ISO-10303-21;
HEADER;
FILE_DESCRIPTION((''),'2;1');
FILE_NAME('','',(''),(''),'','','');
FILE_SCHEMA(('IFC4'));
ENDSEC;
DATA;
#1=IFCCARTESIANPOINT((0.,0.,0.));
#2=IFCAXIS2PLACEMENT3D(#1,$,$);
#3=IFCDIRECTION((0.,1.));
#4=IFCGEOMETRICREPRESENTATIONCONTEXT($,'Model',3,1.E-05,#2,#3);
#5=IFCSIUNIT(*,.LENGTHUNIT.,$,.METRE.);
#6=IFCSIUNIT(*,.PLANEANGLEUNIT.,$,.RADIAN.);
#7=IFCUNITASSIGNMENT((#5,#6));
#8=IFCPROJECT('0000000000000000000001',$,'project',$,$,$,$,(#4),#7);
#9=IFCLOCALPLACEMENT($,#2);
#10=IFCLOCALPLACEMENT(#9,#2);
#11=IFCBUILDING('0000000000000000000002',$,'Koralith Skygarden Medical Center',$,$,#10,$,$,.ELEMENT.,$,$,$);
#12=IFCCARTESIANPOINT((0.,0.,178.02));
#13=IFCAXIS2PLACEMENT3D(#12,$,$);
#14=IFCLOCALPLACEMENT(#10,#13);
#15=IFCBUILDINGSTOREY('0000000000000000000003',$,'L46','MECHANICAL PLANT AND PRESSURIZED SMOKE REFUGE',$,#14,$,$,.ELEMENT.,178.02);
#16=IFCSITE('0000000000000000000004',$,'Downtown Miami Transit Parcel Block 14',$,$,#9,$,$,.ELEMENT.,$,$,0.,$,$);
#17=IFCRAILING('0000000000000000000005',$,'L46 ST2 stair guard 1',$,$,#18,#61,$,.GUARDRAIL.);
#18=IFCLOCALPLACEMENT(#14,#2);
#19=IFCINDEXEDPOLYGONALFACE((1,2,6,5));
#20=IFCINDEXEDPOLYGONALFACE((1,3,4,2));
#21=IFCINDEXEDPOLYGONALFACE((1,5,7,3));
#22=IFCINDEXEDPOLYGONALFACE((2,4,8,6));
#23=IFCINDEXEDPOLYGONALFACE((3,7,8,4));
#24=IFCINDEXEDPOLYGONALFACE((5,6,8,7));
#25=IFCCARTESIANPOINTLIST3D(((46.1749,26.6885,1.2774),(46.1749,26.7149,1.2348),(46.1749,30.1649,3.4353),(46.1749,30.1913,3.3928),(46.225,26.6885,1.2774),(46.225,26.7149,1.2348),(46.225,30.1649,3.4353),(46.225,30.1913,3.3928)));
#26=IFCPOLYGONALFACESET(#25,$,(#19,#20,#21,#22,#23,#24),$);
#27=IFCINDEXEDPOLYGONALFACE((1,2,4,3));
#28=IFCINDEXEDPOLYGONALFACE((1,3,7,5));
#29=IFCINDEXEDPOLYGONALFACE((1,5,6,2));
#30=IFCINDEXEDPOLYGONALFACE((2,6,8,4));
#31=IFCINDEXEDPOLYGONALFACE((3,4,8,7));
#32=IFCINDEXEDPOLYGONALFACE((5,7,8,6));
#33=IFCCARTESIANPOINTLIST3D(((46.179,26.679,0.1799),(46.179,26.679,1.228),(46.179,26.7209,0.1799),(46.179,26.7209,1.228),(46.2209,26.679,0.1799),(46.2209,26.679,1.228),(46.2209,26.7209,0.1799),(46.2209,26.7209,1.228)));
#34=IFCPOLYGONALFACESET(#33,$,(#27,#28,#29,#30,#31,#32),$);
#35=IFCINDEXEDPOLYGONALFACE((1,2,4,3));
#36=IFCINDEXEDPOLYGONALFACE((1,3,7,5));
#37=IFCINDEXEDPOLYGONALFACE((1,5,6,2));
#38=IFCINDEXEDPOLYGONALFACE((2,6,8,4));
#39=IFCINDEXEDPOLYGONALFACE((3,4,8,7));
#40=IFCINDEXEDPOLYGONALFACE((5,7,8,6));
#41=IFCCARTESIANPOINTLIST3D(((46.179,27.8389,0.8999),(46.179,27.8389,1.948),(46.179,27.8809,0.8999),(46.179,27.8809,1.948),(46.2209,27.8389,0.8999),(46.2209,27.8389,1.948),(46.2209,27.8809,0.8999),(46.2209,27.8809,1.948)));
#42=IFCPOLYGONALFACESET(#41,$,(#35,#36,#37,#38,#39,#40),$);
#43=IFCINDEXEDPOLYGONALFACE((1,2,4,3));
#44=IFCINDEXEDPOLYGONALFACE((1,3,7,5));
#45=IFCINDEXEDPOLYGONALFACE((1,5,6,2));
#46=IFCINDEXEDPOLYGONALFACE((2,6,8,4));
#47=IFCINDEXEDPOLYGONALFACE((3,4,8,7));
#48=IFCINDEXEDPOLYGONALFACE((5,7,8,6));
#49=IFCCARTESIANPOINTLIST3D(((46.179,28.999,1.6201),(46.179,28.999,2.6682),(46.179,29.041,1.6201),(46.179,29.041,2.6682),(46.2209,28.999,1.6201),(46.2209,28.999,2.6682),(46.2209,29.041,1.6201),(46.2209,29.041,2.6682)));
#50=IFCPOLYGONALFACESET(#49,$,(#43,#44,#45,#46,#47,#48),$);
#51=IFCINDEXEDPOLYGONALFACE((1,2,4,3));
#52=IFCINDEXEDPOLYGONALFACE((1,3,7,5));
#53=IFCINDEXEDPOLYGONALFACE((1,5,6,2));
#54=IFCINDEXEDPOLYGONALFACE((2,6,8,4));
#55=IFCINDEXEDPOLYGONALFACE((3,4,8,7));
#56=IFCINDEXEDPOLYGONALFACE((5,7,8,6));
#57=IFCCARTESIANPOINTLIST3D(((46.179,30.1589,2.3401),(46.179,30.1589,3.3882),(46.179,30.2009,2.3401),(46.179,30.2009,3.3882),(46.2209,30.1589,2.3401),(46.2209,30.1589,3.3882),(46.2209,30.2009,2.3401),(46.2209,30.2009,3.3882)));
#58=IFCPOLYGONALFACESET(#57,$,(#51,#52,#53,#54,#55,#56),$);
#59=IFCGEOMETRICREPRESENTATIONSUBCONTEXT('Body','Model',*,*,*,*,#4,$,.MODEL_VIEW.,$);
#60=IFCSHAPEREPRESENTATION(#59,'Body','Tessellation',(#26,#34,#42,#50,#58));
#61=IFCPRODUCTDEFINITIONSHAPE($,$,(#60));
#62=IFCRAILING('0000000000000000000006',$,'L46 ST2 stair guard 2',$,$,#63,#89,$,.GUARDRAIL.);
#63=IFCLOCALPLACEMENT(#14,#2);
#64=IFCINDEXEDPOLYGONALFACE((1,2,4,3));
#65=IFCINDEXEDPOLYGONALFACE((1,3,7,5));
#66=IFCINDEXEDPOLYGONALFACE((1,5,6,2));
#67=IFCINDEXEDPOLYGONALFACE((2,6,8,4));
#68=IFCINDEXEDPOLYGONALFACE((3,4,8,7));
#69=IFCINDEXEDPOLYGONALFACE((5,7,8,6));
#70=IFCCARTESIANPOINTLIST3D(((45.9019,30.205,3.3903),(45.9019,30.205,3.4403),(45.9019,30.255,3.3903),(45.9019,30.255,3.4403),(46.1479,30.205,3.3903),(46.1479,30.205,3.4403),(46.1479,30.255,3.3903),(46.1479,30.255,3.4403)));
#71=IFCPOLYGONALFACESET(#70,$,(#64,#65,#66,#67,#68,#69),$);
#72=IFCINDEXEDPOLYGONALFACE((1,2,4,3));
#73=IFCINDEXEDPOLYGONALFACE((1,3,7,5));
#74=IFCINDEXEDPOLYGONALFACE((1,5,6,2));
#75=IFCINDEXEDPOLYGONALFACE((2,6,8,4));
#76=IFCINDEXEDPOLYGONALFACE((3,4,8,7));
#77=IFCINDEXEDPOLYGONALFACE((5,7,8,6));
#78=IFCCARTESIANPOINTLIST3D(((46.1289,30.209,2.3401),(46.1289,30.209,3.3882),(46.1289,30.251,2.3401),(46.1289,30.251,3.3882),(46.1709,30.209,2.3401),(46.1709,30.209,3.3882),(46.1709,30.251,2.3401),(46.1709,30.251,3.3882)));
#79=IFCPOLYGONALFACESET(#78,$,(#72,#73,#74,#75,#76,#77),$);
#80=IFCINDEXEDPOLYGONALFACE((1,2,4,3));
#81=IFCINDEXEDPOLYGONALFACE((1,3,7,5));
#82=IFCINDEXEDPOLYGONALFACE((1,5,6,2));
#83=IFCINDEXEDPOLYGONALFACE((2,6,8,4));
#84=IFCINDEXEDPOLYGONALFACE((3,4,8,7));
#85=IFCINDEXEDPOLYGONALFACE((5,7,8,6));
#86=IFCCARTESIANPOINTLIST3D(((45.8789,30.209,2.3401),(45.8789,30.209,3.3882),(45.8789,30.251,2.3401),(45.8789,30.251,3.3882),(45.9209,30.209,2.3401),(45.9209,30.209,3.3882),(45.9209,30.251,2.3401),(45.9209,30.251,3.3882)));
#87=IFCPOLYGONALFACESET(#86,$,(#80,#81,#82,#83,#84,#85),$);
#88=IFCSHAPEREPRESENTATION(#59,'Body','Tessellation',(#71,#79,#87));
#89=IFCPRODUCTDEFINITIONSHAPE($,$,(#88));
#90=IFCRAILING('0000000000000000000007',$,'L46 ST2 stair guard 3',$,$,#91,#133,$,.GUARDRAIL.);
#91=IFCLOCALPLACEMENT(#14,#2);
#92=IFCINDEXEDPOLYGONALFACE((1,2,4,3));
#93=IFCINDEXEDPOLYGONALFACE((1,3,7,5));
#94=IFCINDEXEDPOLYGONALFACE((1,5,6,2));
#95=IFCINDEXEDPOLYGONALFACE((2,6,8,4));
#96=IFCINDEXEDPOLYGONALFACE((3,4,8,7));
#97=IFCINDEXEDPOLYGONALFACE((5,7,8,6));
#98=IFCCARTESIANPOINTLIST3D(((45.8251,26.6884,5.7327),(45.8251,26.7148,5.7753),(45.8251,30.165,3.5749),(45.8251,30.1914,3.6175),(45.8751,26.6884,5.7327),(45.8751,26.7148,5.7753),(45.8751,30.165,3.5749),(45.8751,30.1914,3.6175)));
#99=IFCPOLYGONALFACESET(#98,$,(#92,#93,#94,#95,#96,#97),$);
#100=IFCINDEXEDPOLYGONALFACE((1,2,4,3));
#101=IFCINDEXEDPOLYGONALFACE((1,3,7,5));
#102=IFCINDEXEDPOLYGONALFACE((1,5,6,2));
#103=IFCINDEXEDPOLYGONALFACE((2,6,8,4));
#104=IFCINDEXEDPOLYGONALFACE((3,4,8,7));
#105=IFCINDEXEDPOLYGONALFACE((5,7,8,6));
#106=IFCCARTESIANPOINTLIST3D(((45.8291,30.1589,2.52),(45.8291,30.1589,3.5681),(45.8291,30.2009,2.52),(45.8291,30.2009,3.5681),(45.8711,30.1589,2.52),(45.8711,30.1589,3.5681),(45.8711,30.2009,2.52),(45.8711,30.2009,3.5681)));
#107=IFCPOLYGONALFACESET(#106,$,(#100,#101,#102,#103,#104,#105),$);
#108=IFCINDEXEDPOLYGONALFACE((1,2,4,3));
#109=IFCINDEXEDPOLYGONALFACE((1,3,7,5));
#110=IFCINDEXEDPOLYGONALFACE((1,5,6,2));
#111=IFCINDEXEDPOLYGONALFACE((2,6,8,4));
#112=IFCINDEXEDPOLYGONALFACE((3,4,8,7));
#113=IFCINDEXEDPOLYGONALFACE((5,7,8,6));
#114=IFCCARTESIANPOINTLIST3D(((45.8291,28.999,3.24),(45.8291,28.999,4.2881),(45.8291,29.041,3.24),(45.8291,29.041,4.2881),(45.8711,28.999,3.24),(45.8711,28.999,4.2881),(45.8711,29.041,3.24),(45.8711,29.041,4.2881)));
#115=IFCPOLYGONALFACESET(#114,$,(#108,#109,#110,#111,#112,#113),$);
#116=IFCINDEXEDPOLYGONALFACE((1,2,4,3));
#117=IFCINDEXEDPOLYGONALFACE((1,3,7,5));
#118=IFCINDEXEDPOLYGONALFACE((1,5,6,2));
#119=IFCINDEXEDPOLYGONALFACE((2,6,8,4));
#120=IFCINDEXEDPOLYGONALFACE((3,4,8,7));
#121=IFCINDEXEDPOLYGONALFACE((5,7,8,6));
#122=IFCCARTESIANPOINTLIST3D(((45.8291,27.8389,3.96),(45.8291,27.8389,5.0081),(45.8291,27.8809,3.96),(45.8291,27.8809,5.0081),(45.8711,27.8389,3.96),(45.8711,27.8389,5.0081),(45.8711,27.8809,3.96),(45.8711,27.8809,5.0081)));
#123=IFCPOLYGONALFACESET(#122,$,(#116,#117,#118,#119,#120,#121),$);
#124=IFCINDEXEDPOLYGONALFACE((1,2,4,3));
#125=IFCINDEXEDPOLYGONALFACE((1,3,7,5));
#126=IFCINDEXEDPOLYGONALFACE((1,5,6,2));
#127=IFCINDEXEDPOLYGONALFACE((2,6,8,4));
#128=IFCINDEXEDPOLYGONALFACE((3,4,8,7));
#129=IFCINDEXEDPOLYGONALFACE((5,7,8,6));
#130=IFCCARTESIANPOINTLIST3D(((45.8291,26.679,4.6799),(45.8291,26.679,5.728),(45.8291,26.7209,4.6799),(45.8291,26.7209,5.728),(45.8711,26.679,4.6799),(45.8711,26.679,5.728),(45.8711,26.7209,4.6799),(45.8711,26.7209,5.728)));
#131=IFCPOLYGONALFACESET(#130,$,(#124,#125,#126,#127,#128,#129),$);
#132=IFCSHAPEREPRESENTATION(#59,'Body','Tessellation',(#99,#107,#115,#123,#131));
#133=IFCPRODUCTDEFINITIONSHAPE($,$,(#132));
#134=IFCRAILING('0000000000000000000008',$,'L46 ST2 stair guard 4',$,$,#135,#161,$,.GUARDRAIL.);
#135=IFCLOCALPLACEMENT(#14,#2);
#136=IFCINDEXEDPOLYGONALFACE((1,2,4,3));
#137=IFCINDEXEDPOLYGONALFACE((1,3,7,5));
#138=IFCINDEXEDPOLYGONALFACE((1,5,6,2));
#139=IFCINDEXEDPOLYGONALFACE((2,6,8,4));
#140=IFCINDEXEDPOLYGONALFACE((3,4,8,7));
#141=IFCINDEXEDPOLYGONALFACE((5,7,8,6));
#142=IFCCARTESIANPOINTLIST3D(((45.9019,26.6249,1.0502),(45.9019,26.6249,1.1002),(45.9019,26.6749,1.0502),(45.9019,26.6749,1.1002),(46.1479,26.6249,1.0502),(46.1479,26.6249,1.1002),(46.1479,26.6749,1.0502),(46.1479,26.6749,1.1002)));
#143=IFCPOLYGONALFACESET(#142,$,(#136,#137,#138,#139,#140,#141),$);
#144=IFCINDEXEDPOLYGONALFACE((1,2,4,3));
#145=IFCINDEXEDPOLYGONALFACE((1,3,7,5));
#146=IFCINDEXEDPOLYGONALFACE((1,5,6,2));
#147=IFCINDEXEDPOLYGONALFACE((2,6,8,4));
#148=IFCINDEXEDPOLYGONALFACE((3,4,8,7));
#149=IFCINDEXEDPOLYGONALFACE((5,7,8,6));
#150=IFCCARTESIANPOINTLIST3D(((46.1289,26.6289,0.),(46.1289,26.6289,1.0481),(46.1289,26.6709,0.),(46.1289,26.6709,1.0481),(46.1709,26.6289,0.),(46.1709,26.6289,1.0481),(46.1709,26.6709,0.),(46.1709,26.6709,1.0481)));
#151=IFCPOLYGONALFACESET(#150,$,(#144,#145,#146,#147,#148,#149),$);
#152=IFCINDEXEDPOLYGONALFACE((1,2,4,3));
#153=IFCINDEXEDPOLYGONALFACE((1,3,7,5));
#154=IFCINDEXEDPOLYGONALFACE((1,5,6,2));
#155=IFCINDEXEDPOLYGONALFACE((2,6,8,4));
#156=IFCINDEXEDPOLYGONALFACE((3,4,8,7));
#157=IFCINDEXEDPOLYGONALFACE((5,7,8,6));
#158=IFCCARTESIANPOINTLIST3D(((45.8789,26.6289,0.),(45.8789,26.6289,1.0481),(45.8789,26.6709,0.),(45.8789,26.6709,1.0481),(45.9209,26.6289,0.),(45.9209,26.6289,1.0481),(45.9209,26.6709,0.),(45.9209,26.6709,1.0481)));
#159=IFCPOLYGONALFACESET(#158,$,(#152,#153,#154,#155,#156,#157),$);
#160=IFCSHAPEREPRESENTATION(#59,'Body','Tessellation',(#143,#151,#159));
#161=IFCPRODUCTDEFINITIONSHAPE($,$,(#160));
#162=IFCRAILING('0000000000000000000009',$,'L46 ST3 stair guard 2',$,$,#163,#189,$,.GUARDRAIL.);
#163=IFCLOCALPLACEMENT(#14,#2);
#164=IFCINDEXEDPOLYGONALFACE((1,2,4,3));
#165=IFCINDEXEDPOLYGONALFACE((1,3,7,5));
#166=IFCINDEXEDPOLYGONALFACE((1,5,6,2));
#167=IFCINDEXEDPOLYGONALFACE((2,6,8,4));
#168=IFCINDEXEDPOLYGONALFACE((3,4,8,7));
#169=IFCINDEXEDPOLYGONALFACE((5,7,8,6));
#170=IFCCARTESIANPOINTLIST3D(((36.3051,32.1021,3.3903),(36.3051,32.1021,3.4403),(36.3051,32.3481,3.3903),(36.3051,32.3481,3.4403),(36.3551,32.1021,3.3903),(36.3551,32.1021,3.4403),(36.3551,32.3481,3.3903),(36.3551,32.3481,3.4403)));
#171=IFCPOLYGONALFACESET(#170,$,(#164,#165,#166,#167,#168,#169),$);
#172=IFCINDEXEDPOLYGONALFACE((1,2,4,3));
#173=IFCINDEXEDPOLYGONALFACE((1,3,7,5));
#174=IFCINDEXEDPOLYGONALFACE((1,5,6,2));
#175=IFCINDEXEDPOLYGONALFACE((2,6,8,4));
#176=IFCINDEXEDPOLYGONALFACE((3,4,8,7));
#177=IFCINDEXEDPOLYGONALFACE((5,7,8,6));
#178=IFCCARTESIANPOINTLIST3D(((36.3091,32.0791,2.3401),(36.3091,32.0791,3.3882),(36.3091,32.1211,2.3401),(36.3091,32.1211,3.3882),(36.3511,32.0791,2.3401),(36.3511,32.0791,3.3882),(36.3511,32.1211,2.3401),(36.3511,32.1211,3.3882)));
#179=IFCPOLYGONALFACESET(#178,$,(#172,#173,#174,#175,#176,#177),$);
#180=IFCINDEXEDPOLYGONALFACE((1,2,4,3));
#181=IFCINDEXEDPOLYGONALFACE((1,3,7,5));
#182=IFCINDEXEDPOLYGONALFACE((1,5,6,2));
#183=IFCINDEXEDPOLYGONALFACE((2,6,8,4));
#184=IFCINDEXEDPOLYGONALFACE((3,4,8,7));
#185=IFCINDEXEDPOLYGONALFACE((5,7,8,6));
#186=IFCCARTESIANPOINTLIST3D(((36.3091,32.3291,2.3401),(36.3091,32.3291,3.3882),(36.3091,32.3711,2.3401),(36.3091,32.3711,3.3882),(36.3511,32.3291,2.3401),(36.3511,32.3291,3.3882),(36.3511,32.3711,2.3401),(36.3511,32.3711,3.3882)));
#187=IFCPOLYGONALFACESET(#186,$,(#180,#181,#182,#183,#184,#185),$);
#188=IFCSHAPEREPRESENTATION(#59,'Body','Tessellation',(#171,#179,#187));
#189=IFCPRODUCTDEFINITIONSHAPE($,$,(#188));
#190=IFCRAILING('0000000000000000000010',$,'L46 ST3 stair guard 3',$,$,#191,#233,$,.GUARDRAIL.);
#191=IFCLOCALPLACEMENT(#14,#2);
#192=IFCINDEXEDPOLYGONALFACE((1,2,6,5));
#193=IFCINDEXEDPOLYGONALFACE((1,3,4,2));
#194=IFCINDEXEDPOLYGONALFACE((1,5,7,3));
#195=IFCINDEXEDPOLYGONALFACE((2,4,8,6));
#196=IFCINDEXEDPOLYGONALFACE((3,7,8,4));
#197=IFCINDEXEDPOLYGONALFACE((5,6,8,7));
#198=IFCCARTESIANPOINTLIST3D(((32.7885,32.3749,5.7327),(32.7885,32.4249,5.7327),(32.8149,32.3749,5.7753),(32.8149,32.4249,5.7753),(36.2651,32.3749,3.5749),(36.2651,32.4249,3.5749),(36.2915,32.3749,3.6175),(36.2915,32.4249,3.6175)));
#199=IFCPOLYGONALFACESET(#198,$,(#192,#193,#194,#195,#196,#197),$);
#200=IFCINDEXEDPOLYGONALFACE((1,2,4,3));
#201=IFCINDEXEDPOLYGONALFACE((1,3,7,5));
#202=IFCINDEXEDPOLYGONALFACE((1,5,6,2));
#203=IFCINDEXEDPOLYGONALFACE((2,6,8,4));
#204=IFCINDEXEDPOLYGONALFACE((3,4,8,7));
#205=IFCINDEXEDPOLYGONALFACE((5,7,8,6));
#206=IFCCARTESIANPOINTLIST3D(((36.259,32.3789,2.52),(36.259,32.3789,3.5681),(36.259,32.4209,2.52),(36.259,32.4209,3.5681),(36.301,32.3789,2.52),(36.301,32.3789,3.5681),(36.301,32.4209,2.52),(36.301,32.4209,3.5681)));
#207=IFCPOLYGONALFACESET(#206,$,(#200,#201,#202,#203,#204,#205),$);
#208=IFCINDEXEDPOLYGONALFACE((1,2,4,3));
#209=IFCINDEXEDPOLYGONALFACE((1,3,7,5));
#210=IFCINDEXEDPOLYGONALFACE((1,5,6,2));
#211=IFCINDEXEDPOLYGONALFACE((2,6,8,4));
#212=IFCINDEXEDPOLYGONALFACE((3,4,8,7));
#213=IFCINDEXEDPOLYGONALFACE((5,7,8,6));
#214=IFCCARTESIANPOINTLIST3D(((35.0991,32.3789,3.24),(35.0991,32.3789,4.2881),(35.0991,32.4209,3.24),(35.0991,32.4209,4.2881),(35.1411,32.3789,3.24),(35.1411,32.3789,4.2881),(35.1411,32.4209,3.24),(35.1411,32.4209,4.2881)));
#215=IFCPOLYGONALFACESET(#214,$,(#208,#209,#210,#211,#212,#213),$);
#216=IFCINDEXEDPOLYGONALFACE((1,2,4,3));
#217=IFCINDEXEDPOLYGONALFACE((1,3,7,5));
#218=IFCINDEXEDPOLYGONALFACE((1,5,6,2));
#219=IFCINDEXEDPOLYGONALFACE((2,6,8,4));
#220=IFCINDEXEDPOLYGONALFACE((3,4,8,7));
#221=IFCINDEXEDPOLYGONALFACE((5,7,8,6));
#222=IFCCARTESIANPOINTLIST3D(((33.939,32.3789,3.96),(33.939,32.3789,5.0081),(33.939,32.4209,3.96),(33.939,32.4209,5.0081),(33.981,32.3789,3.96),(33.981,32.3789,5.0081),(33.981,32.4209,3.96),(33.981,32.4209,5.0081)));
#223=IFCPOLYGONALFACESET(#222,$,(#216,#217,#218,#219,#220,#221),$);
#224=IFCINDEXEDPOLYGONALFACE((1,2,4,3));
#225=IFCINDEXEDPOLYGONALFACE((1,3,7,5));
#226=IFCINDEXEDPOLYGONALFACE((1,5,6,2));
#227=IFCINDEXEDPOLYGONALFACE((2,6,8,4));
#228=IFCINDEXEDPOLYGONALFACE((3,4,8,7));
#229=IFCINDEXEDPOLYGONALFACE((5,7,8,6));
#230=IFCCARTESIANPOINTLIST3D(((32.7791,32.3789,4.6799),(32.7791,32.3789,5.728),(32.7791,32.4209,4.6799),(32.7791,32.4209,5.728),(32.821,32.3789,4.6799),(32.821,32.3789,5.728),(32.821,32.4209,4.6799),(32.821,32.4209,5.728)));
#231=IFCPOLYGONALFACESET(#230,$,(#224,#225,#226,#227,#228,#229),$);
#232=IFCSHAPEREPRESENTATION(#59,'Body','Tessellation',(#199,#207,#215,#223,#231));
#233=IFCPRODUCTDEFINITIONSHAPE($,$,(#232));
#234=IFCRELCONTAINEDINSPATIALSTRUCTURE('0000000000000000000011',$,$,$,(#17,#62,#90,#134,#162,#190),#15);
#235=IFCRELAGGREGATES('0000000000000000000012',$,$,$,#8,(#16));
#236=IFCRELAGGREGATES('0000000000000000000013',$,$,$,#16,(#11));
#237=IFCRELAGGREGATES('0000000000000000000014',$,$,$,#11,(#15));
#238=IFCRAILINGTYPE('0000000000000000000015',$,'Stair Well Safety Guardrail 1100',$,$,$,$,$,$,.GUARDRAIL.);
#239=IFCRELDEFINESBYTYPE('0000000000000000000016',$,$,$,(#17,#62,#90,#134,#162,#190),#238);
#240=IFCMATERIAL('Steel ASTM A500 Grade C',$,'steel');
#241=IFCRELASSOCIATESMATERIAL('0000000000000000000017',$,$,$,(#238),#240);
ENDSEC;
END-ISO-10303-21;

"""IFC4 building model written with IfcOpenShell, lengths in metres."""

from ifc_helpers import new_model, si_unit, direction, frame, origin, origin_2d, place, context, subcontext, project, spatial, rectangle, extrude, material, type_object, element, save


model = new_model("IFC4")

# Units and contexts
model_context = context("Model", 3, precision=1e-05, world=origin(), true_north=direction((0.0, 1.0)))
body_context = subcontext(model_context, "Body", "Model", "MODEL_VIEW")
ifc_project = project(units=[si_unit("LENGTHUNIT", "METRE"), si_unit("PLANEANGLEUNIT", "RADIAN")], contexts=[model_context])

# Site, building, storey
site_placement = place(None, origin())
site = spatial("IfcSite", under=ifc_project, at=site_placement, Name="Downtown Miami Transit Parcel Block 14", CompositionType="ELEMENT", RefElevation=0.0)
building_placement = place(site_placement, origin())
building = spatial("IfcBuilding", under=site, at=building_placement, Name="Koralith Skygarden Medical Center", CompositionType="ELEMENT")
storey_placement = place(building_placement, frame((0.0, 0.0, 178.02)))
storey = spatial("IfcBuildingStorey", under=building, at=storey_placement, Name="L46", Description="MECHANICAL PLANT AND PRESSURIZED SMOKE REFUGE", CompositionType="ELEMENT", Elevation=178.02)

# Railings
ifc_material_1 = material(Name="Steel ASTM A500 Grade C", Category="steel")
railing_type_1 = type_object("IfcRailingType", Name="Stair Well Safety Guardrail 1100", PredefinedType="GUARDRAIL", material=ifc_material_1)
railing_1_placement = place(storey_placement, frame((46.2, 26.7, 0.1799)))
element("IfcRailing", 1, at=railing_1_placement, inside=storey, type_object=railing_type_1, Name="L46 ST2 stair guard 1", PredefinedType="GUARDRAIL", context=body_context, shape_type="SweptSolid", body=[
    extrude(rectangle(XDim=0.05, YDim=0.05, at=origin_2d()), frame((0.0, 0.0017, 1.0762), z_axis=(0.0, 0.849622, 0.527393), x_axis=(-1.0, 0.0, 0.0)), (0.0, 0.0, 1.0), 4.0918),
    extrude(rectangle(XDim=0.042, YDim=0.042, at=origin_2d()), origin(), (0.0, 0.0, 1.0), 1.0481),
    extrude(rectangle(XDim=0.042, YDim=0.042, at=origin_2d()), frame((0.0, 1.1599, 0.72)), (0.0, 0.0, 1.0), 1.0481),
    extrude(rectangle(XDim=0.042, YDim=0.042, at=origin_2d()), frame((0.0, 2.3201, 1.4402)), (0.0, 0.0, 1.0), 1.0481),
    extrude(rectangle(XDim=0.042, YDim=0.042, at=origin_2d()), frame((0.0, 3.48, 2.1602)), (0.0, 0.0, 1.0), 1.0481),
])
railing_2_placement = place(storey_placement, frame((46.1499, 30.23, 2.3401)))
element("IfcRailing", 2, at=railing_2_placement, inside=storey, type_object=railing_type_1, Name="L46 ST2 stair guard 2", PredefinedType="GUARDRAIL", context=body_context, shape_type="SweptSolid", body=[
    extrude(rectangle(XDim=0.05, YDim=0.05, at=origin_2d()), frame((-0.002, 0.0, 1.0752), z_axis=(-1.0, 0.0, 0.0), x_axis=(0.0, -1.0, 0.0)), (0.0, 0.0, 1.0), 0.2461),
    extrude(rectangle(XDim=0.042, YDim=0.042, at=origin_2d()), origin(), (0.0, 0.0, 1.0), 1.0481),
    extrude(rectangle(XDim=0.042, YDim=0.042, at=origin_2d()), frame((-0.25, 0.0, 0.0)), (0.0, 0.0, 1.0), 1.0481),
])
railing_3_placement = place(storey_placement, frame((45.8501, 30.1799, 2.52)))
element("IfcRailing", 3, at=railing_3_placement, inside=storey, type_object=railing_type_1, Name="L46 ST2 stair guard 3", PredefinedType="GUARDRAIL", context=body_context, shape_type="SweptSolid", body=[
    extrude(rectangle(XDim=0.05, YDim=0.05, at=origin_2d()), frame((0.0, -0.0017, 1.0762), z_axis=(0.0, -0.849648, 0.52735), x_axis=(1.0, 0.0, 0.0)), (0.0, 0.0, 1.0), 4.0918),
    extrude(rectangle(XDim=0.042, YDim=0.042, at=origin_2d()), origin(), (0.0, 0.0, 1.0), 1.0481),
    extrude(rectangle(XDim=0.042, YDim=0.042, at=origin_2d()), frame((0.0, -1.1599, 0.72)), (0.0, 0.0, 1.0), 1.0481),
    extrude(rectangle(XDim=0.042, YDim=0.042, at=origin_2d()), frame((0.0, -2.3201, 1.4399)), (0.0, 0.0, 1.0), 1.0481),
    extrude(rectangle(XDim=0.042, YDim=0.042, at=origin_2d()), frame((0.0, -3.48, 2.1599)), (0.0, 0.0, 1.0), 1.0481),
])
railing_4_placement = place(storey_placement, frame((46.1499, 26.6499, 0.0)))
element("IfcRailing", 4, at=railing_4_placement, inside=storey, type_object=railing_type_1, Name="L46 ST2 stair guard 4", PredefinedType="GUARDRAIL", context=body_context, shape_type="SweptSolid", body=[
    extrude(rectangle(XDim=0.05, YDim=0.05, at=origin_2d()), frame((-0.002, 0.0, 1.0752), z_axis=(-1.0, 0.0, 0.0), x_axis=(0.0, -1.0, 0.0)), (0.0, 0.0, 1.0), 0.2461),
    extrude(rectangle(XDim=0.042, YDim=0.042, at=origin_2d()), origin(), (0.0, 0.0, 1.0), 1.0481),
    extrude(rectangle(XDim=0.042, YDim=0.042, at=origin_2d()), frame((-0.25, 0.0, 0.0)), (0.0, 0.0, 1.0), 1.0481),
])
railing_5_placement = place(storey_placement, frame((36.3301, 32.1001, 2.3401)))
element("IfcRailing", 5, at=railing_5_placement, inside=storey, type_object=railing_type_1, Name="L46 ST3 stair guard 2", PredefinedType="GUARDRAIL", context=body_context, shape_type="SweptSolid", body=[
    extrude(rectangle(XDim=0.05, YDim=0.05, at=origin_2d()), frame((0.0, 0.002, 1.0752), z_axis=(0.0, 1.0, 0.0), x_axis=(-1.0, 0.0, 0.0)), (0.0, 0.0, 1.0), 0.2461),
    extrude(rectangle(XDim=0.042, YDim=0.042, at=origin_2d()), origin(), (0.0, 0.0, 1.0), 1.0481),
    extrude(rectangle(XDim=0.042, YDim=0.042, at=origin_2d()), frame((0.0, 0.25, 0.0)), (0.0, 0.0, 1.0), 1.0481),
])
railing_6_placement = place(storey_placement, frame((36.28, 32.3999, 2.52)))
element("IfcRailing", 6, at=railing_6_placement, inside=storey, type_object=railing_type_1, Name="L46 ST3 stair guard 3", PredefinedType="GUARDRAIL", context=body_context, shape_type="SweptSolid", body=[
    extrude(rectangle(XDim=0.05, YDim=0.05, at=origin_2d()), frame((-0.0017, 0.0, 1.0762), z_axis=(-0.849648, 0.0, 0.52735), x_axis=(0.0, -1.0, 0.0)), (0.0, 0.0, 1.0), 4.0918),
    extrude(rectangle(XDim=0.042, YDim=0.042, at=origin_2d()), origin(), (0.0, 0.0, 1.0), 1.0481),
    extrude(rectangle(XDim=0.042, YDim=0.042, at=origin_2d()), frame((-1.1599, 0.0, 0.72)), (0.0, 0.0, 1.0), 1.0481),
    extrude(rectangle(XDim=0.042, YDim=0.042, at=origin_2d()), frame((-2.3201, 0.0, 1.4399)), (0.0, 0.0, 1.0), 1.0481),
    extrude(rectangle(XDim=0.042, YDim=0.042, at=origin_2d()), frame((-3.48, 0.0, 2.1599)), (0.0, 0.0, 1.0), 1.0481),
])

save(model, "model.ifc")
